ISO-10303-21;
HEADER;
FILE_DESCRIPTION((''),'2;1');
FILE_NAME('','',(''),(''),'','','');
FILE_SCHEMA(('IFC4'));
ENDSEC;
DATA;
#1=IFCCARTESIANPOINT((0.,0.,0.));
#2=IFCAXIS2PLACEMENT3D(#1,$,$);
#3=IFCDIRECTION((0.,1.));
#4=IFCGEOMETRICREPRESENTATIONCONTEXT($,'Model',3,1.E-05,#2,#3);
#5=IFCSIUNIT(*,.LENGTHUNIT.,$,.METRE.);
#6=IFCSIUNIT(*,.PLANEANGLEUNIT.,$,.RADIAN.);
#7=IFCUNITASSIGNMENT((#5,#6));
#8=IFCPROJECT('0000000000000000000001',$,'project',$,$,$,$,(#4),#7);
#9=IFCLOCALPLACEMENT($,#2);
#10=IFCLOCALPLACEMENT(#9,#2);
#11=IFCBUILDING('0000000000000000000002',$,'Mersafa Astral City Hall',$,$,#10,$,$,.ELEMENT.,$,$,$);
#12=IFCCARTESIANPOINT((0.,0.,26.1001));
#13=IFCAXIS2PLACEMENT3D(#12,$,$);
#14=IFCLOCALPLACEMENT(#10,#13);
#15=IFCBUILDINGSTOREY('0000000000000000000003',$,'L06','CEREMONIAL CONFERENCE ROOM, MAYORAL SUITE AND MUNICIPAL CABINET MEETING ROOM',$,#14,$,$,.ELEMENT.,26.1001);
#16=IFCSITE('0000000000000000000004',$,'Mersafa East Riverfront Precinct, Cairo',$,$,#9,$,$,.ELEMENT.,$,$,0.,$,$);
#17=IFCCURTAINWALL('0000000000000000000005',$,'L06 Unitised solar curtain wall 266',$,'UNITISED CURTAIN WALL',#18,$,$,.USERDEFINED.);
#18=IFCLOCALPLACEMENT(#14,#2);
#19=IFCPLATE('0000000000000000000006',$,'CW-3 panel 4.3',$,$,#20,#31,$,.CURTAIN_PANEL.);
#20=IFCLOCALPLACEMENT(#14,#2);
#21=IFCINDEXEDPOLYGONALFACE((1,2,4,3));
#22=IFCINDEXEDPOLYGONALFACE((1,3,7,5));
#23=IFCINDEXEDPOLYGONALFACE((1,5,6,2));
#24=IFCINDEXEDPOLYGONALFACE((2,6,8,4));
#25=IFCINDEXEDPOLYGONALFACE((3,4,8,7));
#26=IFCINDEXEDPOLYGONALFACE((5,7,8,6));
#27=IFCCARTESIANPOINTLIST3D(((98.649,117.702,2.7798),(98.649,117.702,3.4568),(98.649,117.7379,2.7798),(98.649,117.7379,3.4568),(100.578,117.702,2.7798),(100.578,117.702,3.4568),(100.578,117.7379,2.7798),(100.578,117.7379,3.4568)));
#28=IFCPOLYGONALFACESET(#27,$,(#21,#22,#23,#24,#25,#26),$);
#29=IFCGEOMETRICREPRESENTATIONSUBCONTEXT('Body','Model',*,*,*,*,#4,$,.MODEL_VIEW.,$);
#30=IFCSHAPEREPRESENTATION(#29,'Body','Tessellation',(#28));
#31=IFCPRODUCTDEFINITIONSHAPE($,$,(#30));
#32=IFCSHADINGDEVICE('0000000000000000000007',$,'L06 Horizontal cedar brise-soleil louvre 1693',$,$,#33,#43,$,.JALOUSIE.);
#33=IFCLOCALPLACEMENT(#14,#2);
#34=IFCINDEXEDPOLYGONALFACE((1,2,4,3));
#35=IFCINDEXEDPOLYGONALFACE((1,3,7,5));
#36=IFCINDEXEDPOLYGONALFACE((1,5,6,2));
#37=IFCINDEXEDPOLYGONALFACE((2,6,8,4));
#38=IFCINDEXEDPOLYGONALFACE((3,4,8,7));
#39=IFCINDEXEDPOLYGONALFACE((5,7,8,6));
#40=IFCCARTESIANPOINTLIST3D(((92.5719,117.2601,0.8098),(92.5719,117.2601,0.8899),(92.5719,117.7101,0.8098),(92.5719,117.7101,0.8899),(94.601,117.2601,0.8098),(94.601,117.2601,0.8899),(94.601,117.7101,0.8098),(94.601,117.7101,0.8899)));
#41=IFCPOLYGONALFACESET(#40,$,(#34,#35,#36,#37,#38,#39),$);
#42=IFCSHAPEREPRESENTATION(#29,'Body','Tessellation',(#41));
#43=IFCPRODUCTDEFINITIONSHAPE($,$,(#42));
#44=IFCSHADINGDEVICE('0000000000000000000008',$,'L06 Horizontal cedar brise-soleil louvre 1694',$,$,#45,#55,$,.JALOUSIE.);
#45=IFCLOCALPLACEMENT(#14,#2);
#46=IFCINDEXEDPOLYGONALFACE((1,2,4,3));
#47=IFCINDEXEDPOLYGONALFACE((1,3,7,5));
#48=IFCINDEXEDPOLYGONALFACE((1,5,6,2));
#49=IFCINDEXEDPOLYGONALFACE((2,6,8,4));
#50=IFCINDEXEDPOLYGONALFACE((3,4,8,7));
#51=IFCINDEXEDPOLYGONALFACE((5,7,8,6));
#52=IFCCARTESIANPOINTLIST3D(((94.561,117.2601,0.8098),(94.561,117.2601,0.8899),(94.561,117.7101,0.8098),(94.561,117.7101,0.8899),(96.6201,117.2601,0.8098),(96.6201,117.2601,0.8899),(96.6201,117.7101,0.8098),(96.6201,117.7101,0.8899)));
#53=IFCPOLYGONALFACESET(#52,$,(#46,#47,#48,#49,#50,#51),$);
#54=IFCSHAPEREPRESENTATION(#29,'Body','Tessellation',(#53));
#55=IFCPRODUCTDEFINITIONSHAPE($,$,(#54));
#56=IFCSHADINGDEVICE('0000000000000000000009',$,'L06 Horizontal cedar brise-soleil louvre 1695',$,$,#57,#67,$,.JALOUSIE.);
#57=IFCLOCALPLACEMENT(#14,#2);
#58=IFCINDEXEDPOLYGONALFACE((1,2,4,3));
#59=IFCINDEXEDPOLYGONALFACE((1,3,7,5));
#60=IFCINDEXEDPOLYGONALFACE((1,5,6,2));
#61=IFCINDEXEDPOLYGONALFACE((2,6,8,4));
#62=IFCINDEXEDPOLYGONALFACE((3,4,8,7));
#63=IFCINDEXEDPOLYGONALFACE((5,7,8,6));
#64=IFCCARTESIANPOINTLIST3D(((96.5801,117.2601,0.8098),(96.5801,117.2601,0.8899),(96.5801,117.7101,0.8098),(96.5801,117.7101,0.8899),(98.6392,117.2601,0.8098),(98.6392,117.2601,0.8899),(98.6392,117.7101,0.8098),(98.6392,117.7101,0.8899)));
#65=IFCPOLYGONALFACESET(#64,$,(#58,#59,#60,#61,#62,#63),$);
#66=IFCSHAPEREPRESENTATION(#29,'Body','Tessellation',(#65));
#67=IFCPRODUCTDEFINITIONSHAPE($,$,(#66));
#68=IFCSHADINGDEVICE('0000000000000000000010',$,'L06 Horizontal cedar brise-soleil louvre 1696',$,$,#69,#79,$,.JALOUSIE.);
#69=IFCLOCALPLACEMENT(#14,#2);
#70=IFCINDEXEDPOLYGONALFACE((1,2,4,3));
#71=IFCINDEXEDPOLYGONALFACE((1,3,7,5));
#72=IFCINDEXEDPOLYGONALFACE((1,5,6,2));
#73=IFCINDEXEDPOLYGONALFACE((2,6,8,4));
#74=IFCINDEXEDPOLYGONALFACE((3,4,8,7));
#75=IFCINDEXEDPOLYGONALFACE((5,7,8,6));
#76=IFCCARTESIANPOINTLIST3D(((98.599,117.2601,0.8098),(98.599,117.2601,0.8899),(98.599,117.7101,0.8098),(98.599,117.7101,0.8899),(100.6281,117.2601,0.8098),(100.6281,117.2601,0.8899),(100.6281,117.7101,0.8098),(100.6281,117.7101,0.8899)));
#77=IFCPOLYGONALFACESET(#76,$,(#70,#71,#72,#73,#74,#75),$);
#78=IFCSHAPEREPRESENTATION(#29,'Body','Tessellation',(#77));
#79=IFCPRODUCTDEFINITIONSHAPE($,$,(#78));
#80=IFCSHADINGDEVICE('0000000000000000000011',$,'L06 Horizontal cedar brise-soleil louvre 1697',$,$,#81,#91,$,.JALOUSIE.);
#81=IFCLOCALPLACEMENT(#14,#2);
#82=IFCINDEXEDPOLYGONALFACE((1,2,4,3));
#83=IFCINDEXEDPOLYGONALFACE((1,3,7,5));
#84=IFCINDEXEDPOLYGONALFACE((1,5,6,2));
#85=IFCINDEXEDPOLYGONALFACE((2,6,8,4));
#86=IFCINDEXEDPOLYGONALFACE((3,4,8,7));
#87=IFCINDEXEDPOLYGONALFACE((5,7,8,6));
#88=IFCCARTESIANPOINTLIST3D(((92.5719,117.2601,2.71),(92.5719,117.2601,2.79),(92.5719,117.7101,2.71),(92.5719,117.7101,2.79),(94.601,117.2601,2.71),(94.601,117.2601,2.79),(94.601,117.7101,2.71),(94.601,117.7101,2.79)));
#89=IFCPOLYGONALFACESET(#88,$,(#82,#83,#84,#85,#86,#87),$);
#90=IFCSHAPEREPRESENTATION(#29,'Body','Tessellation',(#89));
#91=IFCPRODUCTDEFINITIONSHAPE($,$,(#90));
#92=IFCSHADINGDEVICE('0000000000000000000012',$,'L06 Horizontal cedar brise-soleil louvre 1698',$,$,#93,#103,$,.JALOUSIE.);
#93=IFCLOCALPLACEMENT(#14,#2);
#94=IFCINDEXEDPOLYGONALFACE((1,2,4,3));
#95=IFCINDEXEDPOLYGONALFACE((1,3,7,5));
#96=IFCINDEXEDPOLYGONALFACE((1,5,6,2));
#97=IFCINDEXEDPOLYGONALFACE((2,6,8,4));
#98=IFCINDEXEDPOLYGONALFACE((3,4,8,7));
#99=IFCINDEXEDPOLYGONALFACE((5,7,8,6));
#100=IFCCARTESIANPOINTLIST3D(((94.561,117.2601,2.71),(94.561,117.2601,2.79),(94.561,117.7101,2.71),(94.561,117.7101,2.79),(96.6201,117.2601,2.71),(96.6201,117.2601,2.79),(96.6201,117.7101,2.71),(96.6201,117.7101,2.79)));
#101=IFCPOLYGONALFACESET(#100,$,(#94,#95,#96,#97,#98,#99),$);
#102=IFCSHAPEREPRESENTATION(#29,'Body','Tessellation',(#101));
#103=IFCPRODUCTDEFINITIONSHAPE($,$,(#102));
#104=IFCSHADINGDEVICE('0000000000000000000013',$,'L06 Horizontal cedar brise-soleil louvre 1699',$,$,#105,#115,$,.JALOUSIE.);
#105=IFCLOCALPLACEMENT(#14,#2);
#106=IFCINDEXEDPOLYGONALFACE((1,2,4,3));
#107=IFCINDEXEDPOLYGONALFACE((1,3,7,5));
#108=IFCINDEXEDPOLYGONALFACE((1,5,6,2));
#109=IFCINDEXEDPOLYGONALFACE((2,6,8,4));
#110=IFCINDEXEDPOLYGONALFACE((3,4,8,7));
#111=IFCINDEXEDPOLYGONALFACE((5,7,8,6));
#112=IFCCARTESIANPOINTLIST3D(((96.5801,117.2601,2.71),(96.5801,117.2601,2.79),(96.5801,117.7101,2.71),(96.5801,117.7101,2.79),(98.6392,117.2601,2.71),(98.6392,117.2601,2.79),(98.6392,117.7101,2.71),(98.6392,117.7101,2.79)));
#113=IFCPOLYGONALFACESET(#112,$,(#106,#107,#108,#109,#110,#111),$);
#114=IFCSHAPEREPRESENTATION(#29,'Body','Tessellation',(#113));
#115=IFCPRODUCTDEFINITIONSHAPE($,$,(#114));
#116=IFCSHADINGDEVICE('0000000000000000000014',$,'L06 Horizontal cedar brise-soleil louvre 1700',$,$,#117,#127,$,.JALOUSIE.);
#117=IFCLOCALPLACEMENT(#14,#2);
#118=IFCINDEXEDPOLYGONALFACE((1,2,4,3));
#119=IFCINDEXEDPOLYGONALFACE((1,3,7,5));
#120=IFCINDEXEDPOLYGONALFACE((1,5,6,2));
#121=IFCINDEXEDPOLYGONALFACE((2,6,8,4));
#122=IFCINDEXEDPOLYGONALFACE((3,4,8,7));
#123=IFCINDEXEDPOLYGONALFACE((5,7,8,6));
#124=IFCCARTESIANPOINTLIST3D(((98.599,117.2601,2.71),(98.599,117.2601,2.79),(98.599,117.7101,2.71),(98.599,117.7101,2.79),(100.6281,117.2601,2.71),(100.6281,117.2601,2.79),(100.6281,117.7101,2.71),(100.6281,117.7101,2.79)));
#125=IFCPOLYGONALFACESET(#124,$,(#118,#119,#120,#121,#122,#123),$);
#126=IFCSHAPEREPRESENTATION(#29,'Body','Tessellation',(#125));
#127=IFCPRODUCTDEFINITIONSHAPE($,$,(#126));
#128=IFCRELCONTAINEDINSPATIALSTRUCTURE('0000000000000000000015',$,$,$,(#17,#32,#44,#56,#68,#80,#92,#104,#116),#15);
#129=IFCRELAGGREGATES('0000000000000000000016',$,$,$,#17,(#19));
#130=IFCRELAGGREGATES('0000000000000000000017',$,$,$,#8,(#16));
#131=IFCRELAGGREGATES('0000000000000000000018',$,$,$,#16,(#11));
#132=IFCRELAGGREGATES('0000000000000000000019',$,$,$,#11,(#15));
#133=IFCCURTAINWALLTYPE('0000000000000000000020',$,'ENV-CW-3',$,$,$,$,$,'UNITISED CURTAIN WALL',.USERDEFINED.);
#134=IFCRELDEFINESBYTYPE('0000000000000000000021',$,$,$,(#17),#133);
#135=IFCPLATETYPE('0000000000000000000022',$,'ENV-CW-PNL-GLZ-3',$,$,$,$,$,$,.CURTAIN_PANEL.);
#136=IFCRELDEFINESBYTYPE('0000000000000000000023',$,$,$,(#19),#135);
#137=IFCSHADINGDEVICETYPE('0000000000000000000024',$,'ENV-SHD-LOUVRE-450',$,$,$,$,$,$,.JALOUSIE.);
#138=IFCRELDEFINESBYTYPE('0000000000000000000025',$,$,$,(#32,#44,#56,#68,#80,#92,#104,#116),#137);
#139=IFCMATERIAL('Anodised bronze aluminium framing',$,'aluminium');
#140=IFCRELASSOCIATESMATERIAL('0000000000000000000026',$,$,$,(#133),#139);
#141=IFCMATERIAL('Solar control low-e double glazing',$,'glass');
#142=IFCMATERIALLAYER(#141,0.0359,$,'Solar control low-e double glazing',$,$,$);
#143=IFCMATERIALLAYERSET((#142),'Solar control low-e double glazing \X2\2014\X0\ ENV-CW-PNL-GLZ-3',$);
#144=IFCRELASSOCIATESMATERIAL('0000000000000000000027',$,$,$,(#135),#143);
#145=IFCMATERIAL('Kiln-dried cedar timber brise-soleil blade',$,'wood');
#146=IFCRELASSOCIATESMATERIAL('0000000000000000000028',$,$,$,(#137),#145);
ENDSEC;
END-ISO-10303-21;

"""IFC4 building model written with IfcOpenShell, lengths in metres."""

from ifc_helpers import new_model, si_unit, direction, frame, origin, origin_2d, place, context, subcontext, project, spatial, rectangle, extrude, material, layer, layer_set, type_object, element, aggregate, save


model = new_model("IFC4")

# Units and contexts
model_context = context("Model", 3, precision=1e-05, world=origin(), true_north=direction((0.0, 1.0)))
body_context = subcontext(model_context, "Body", "Model", "MODEL_VIEW")
ifc_project = project(units=[si_unit("LENGTHUNIT", "METRE"), si_unit("PLANEANGLEUNIT", "RADIAN")], contexts=[model_context])

# Site, building, storey
site_placement = place(None, origin())
site = spatial("IfcSite", under=ifc_project, at=site_placement, Name="Mersafa East Riverfront Precinct, Cairo", CompositionType="ELEMENT", RefElevation=0.0)
building_placement = place(site_placement, origin())
building = spatial("IfcBuilding", under=site, at=building_placement, Name="Mersafa Astral City Hall", CompositionType="ELEMENT")
storey_placement = place(building_placement, frame((0.0, 0.0, 26.1001)))
storey = spatial("IfcBuildingStorey", under=building, at=storey_placement, Name="L06", Description="CEREMONIAL CONFERENCE ROOM, MAYORAL SUITE AND MUNICIPAL CABINET MEETING ROOM", CompositionType="ELEMENT", Elevation=26.1001)

# Curtain wall
ifc_material_1 = material(Name="Anodised bronze aluminium framing", Category="aluminium")
curtain_wall_type = type_object("IfcCurtainWallType", Name="ENV-CW-3", ElementType="UNITISED CURTAIN WALL", PredefinedType="USERDEFINED", material=ifc_material_1)
curtain_wall_placement = place(storey_placement, origin())
curtain_wall = element("IfcCurtainWall", 1, at=curtain_wall_placement, inside=storey, type_object=curtain_wall_type, Name="L06 Unitised solar curtain wall 266", ObjectType="UNITISED CURTAIN WALL", PredefinedType="USERDEFINED")

# Plate
ifc_material_2 = material(Name="Solar control low-e double glazing", Category="glass")
ifc_layer = layer(ifc_material_2, 0.0359, Name="Solar control low-e double glazing")
ifc_layer_set = layer_set([ifc_layer], Name="Solar control low-e double glazing — ENV-CW-PNL-GLZ-3")
plate_type = type_object("IfcPlateType", Name="ENV-CW-PNL-GLZ-3", PredefinedType="CURTAIN_PANEL", material=ifc_layer_set)
plate_1_placement = place(storey_placement, frame((99.6135, 117.72, 2.7798), z_axis=(0.0, 0.0, 1.0), x_axis=(1.0, 0.0, 0.0)))
plate_1 = element("IfcPlate", 2, at=plate_1_placement, type_object=plate_type, Name="CW-3 panel 4.3", PredefinedType="CURTAIN_PANEL", context=body_context, shape_type="SweptSolid", body=[
    extrude(rectangle(XDim=1.929, YDim=0.0359, at=origin_2d()), origin(), (0.0, 0.0, 1.0), 0.677),
])
aggregate(curtain_wall, [plate_1])

# Shading devices
ifc_material_3 = material(Name="Kiln-dried cedar timber brise-soleil blade", Category="wood")
shading_device_type = type_object("IfcShadingDeviceType", Name="ENV-SHD-LOUVRE-450", PredefinedType="JALOUSIE", material=ifc_material_3)
shading_device_1_placement = place(storey_placement, frame((93.5864, 117.4851, 0.8098), z_axis=(0.0, 0.0, 1.0), x_axis=(1.0, 0.0, 0.0)))
element("IfcShadingDevice", 3, at=shading_device_1_placement, inside=storey, type_object=shading_device_type, Name="L06 Horizontal cedar brise-soleil louvre 1693", PredefinedType="JALOUSIE", context=body_context, shape_type="SweptSolid", body=[
    extrude(rectangle(XDim=2.0291, YDim=0.45, at=origin_2d()), origin(), (0.0, 0.0, 1.0), 0.0801),
])
for number, where, z_axis, x_axis, name in (
    (4, (95.5906, 117.4851, 0.8098), (0.0, 0.0, 1.0), (1.0, 0.0, 0.0), "L06 Horizontal cedar brise-soleil louvre 1694"),
    (5, (97.6096, 117.4851, 0.8098), (0.0, 0.0, 1.0), (1.0, 0.0, 0.0), "L06 Horizontal cedar brise-soleil louvre 1695"),
):
    element("IfcShadingDevice", number, at=place(storey_placement, frame(where, z_axis=z_axis, x_axis=x_axis)), inside=storey, type_object=shading_device_type, Name=name, PredefinedType="JALOUSIE", context=body_context, shape_type="SweptSolid", body=[
        extrude(rectangle(XDim=2.0591, YDim=0.45, at=origin_2d()), origin(), (0.0, 0.0, 1.0), 0.0801),
    ])
for number, where, z_axis, x_axis, name in (
    (6, (99.6135, 117.4851, 0.8098), (0.0, 0.0, 1.0), (1.0, 0.0, 0.0), "L06 Horizontal cedar brise-soleil louvre 1696"),
    (7, (93.5864, 117.4851, 2.71), (0.0, 0.0, 1.0), (1.0, 0.0, 0.0), "L06 Horizontal cedar brise-soleil louvre 1697"),
):
    element("IfcShadingDevice", number, at=place(storey_placement, frame(where, z_axis=z_axis, x_axis=x_axis)), inside=storey, type_object=shading_device_type, Name=name, PredefinedType="JALOUSIE", context=body_context, shape_type="SweptSolid", body=[
        extrude(rectangle(XDim=2.0291, YDim=0.45, at=origin_2d()), origin(), (0.0, 0.0, 1.0), 0.0801),
    ])
for number, where, z_axis, x_axis, name in (
    (8, (95.5906, 117.4851, 2.71), (0.0, 0.0, 1.0), (1.0, 0.0, 0.0), "L06 Horizontal cedar brise-soleil louvre 1698"),
    (9, (97.6096, 117.4851, 2.71), (0.0, 0.0, 1.0), (1.0, 0.0, 0.0), "L06 Horizontal cedar brise-soleil louvre 1699"),
):
    element("IfcShadingDevice", number, at=place(storey_placement, frame(where, z_axis=z_axis, x_axis=x_axis)), inside=storey, type_object=shading_device_type, Name=name, PredefinedType="JALOUSIE", context=body_context, shape_type="SweptSolid", body=[
        extrude(rectangle(XDim=2.0591, YDim=0.45, at=origin_2d()), origin(), (0.0, 0.0, 1.0), 0.0801),
    ])
shading_device_2_placement = place(storey_placement, frame((99.6135, 117.4851, 2.71), z_axis=(0.0, 0.0, 1.0), x_axis=(1.0, 0.0, 0.0)))
element("IfcShadingDevice", 10, at=shading_device_2_placement, inside=storey, type_object=shading_device_type, Name="L06 Horizontal cedar brise-soleil louvre 1700", PredefinedType="JALOUSIE", context=body_context, shape_type="SweptSolid", body=[
    extrude(rectangle(XDim=2.0291, YDim=0.45, at=origin_2d()), origin(), (0.0, 0.0, 1.0), 0.0801),
])

save(model, "model.ifc")
